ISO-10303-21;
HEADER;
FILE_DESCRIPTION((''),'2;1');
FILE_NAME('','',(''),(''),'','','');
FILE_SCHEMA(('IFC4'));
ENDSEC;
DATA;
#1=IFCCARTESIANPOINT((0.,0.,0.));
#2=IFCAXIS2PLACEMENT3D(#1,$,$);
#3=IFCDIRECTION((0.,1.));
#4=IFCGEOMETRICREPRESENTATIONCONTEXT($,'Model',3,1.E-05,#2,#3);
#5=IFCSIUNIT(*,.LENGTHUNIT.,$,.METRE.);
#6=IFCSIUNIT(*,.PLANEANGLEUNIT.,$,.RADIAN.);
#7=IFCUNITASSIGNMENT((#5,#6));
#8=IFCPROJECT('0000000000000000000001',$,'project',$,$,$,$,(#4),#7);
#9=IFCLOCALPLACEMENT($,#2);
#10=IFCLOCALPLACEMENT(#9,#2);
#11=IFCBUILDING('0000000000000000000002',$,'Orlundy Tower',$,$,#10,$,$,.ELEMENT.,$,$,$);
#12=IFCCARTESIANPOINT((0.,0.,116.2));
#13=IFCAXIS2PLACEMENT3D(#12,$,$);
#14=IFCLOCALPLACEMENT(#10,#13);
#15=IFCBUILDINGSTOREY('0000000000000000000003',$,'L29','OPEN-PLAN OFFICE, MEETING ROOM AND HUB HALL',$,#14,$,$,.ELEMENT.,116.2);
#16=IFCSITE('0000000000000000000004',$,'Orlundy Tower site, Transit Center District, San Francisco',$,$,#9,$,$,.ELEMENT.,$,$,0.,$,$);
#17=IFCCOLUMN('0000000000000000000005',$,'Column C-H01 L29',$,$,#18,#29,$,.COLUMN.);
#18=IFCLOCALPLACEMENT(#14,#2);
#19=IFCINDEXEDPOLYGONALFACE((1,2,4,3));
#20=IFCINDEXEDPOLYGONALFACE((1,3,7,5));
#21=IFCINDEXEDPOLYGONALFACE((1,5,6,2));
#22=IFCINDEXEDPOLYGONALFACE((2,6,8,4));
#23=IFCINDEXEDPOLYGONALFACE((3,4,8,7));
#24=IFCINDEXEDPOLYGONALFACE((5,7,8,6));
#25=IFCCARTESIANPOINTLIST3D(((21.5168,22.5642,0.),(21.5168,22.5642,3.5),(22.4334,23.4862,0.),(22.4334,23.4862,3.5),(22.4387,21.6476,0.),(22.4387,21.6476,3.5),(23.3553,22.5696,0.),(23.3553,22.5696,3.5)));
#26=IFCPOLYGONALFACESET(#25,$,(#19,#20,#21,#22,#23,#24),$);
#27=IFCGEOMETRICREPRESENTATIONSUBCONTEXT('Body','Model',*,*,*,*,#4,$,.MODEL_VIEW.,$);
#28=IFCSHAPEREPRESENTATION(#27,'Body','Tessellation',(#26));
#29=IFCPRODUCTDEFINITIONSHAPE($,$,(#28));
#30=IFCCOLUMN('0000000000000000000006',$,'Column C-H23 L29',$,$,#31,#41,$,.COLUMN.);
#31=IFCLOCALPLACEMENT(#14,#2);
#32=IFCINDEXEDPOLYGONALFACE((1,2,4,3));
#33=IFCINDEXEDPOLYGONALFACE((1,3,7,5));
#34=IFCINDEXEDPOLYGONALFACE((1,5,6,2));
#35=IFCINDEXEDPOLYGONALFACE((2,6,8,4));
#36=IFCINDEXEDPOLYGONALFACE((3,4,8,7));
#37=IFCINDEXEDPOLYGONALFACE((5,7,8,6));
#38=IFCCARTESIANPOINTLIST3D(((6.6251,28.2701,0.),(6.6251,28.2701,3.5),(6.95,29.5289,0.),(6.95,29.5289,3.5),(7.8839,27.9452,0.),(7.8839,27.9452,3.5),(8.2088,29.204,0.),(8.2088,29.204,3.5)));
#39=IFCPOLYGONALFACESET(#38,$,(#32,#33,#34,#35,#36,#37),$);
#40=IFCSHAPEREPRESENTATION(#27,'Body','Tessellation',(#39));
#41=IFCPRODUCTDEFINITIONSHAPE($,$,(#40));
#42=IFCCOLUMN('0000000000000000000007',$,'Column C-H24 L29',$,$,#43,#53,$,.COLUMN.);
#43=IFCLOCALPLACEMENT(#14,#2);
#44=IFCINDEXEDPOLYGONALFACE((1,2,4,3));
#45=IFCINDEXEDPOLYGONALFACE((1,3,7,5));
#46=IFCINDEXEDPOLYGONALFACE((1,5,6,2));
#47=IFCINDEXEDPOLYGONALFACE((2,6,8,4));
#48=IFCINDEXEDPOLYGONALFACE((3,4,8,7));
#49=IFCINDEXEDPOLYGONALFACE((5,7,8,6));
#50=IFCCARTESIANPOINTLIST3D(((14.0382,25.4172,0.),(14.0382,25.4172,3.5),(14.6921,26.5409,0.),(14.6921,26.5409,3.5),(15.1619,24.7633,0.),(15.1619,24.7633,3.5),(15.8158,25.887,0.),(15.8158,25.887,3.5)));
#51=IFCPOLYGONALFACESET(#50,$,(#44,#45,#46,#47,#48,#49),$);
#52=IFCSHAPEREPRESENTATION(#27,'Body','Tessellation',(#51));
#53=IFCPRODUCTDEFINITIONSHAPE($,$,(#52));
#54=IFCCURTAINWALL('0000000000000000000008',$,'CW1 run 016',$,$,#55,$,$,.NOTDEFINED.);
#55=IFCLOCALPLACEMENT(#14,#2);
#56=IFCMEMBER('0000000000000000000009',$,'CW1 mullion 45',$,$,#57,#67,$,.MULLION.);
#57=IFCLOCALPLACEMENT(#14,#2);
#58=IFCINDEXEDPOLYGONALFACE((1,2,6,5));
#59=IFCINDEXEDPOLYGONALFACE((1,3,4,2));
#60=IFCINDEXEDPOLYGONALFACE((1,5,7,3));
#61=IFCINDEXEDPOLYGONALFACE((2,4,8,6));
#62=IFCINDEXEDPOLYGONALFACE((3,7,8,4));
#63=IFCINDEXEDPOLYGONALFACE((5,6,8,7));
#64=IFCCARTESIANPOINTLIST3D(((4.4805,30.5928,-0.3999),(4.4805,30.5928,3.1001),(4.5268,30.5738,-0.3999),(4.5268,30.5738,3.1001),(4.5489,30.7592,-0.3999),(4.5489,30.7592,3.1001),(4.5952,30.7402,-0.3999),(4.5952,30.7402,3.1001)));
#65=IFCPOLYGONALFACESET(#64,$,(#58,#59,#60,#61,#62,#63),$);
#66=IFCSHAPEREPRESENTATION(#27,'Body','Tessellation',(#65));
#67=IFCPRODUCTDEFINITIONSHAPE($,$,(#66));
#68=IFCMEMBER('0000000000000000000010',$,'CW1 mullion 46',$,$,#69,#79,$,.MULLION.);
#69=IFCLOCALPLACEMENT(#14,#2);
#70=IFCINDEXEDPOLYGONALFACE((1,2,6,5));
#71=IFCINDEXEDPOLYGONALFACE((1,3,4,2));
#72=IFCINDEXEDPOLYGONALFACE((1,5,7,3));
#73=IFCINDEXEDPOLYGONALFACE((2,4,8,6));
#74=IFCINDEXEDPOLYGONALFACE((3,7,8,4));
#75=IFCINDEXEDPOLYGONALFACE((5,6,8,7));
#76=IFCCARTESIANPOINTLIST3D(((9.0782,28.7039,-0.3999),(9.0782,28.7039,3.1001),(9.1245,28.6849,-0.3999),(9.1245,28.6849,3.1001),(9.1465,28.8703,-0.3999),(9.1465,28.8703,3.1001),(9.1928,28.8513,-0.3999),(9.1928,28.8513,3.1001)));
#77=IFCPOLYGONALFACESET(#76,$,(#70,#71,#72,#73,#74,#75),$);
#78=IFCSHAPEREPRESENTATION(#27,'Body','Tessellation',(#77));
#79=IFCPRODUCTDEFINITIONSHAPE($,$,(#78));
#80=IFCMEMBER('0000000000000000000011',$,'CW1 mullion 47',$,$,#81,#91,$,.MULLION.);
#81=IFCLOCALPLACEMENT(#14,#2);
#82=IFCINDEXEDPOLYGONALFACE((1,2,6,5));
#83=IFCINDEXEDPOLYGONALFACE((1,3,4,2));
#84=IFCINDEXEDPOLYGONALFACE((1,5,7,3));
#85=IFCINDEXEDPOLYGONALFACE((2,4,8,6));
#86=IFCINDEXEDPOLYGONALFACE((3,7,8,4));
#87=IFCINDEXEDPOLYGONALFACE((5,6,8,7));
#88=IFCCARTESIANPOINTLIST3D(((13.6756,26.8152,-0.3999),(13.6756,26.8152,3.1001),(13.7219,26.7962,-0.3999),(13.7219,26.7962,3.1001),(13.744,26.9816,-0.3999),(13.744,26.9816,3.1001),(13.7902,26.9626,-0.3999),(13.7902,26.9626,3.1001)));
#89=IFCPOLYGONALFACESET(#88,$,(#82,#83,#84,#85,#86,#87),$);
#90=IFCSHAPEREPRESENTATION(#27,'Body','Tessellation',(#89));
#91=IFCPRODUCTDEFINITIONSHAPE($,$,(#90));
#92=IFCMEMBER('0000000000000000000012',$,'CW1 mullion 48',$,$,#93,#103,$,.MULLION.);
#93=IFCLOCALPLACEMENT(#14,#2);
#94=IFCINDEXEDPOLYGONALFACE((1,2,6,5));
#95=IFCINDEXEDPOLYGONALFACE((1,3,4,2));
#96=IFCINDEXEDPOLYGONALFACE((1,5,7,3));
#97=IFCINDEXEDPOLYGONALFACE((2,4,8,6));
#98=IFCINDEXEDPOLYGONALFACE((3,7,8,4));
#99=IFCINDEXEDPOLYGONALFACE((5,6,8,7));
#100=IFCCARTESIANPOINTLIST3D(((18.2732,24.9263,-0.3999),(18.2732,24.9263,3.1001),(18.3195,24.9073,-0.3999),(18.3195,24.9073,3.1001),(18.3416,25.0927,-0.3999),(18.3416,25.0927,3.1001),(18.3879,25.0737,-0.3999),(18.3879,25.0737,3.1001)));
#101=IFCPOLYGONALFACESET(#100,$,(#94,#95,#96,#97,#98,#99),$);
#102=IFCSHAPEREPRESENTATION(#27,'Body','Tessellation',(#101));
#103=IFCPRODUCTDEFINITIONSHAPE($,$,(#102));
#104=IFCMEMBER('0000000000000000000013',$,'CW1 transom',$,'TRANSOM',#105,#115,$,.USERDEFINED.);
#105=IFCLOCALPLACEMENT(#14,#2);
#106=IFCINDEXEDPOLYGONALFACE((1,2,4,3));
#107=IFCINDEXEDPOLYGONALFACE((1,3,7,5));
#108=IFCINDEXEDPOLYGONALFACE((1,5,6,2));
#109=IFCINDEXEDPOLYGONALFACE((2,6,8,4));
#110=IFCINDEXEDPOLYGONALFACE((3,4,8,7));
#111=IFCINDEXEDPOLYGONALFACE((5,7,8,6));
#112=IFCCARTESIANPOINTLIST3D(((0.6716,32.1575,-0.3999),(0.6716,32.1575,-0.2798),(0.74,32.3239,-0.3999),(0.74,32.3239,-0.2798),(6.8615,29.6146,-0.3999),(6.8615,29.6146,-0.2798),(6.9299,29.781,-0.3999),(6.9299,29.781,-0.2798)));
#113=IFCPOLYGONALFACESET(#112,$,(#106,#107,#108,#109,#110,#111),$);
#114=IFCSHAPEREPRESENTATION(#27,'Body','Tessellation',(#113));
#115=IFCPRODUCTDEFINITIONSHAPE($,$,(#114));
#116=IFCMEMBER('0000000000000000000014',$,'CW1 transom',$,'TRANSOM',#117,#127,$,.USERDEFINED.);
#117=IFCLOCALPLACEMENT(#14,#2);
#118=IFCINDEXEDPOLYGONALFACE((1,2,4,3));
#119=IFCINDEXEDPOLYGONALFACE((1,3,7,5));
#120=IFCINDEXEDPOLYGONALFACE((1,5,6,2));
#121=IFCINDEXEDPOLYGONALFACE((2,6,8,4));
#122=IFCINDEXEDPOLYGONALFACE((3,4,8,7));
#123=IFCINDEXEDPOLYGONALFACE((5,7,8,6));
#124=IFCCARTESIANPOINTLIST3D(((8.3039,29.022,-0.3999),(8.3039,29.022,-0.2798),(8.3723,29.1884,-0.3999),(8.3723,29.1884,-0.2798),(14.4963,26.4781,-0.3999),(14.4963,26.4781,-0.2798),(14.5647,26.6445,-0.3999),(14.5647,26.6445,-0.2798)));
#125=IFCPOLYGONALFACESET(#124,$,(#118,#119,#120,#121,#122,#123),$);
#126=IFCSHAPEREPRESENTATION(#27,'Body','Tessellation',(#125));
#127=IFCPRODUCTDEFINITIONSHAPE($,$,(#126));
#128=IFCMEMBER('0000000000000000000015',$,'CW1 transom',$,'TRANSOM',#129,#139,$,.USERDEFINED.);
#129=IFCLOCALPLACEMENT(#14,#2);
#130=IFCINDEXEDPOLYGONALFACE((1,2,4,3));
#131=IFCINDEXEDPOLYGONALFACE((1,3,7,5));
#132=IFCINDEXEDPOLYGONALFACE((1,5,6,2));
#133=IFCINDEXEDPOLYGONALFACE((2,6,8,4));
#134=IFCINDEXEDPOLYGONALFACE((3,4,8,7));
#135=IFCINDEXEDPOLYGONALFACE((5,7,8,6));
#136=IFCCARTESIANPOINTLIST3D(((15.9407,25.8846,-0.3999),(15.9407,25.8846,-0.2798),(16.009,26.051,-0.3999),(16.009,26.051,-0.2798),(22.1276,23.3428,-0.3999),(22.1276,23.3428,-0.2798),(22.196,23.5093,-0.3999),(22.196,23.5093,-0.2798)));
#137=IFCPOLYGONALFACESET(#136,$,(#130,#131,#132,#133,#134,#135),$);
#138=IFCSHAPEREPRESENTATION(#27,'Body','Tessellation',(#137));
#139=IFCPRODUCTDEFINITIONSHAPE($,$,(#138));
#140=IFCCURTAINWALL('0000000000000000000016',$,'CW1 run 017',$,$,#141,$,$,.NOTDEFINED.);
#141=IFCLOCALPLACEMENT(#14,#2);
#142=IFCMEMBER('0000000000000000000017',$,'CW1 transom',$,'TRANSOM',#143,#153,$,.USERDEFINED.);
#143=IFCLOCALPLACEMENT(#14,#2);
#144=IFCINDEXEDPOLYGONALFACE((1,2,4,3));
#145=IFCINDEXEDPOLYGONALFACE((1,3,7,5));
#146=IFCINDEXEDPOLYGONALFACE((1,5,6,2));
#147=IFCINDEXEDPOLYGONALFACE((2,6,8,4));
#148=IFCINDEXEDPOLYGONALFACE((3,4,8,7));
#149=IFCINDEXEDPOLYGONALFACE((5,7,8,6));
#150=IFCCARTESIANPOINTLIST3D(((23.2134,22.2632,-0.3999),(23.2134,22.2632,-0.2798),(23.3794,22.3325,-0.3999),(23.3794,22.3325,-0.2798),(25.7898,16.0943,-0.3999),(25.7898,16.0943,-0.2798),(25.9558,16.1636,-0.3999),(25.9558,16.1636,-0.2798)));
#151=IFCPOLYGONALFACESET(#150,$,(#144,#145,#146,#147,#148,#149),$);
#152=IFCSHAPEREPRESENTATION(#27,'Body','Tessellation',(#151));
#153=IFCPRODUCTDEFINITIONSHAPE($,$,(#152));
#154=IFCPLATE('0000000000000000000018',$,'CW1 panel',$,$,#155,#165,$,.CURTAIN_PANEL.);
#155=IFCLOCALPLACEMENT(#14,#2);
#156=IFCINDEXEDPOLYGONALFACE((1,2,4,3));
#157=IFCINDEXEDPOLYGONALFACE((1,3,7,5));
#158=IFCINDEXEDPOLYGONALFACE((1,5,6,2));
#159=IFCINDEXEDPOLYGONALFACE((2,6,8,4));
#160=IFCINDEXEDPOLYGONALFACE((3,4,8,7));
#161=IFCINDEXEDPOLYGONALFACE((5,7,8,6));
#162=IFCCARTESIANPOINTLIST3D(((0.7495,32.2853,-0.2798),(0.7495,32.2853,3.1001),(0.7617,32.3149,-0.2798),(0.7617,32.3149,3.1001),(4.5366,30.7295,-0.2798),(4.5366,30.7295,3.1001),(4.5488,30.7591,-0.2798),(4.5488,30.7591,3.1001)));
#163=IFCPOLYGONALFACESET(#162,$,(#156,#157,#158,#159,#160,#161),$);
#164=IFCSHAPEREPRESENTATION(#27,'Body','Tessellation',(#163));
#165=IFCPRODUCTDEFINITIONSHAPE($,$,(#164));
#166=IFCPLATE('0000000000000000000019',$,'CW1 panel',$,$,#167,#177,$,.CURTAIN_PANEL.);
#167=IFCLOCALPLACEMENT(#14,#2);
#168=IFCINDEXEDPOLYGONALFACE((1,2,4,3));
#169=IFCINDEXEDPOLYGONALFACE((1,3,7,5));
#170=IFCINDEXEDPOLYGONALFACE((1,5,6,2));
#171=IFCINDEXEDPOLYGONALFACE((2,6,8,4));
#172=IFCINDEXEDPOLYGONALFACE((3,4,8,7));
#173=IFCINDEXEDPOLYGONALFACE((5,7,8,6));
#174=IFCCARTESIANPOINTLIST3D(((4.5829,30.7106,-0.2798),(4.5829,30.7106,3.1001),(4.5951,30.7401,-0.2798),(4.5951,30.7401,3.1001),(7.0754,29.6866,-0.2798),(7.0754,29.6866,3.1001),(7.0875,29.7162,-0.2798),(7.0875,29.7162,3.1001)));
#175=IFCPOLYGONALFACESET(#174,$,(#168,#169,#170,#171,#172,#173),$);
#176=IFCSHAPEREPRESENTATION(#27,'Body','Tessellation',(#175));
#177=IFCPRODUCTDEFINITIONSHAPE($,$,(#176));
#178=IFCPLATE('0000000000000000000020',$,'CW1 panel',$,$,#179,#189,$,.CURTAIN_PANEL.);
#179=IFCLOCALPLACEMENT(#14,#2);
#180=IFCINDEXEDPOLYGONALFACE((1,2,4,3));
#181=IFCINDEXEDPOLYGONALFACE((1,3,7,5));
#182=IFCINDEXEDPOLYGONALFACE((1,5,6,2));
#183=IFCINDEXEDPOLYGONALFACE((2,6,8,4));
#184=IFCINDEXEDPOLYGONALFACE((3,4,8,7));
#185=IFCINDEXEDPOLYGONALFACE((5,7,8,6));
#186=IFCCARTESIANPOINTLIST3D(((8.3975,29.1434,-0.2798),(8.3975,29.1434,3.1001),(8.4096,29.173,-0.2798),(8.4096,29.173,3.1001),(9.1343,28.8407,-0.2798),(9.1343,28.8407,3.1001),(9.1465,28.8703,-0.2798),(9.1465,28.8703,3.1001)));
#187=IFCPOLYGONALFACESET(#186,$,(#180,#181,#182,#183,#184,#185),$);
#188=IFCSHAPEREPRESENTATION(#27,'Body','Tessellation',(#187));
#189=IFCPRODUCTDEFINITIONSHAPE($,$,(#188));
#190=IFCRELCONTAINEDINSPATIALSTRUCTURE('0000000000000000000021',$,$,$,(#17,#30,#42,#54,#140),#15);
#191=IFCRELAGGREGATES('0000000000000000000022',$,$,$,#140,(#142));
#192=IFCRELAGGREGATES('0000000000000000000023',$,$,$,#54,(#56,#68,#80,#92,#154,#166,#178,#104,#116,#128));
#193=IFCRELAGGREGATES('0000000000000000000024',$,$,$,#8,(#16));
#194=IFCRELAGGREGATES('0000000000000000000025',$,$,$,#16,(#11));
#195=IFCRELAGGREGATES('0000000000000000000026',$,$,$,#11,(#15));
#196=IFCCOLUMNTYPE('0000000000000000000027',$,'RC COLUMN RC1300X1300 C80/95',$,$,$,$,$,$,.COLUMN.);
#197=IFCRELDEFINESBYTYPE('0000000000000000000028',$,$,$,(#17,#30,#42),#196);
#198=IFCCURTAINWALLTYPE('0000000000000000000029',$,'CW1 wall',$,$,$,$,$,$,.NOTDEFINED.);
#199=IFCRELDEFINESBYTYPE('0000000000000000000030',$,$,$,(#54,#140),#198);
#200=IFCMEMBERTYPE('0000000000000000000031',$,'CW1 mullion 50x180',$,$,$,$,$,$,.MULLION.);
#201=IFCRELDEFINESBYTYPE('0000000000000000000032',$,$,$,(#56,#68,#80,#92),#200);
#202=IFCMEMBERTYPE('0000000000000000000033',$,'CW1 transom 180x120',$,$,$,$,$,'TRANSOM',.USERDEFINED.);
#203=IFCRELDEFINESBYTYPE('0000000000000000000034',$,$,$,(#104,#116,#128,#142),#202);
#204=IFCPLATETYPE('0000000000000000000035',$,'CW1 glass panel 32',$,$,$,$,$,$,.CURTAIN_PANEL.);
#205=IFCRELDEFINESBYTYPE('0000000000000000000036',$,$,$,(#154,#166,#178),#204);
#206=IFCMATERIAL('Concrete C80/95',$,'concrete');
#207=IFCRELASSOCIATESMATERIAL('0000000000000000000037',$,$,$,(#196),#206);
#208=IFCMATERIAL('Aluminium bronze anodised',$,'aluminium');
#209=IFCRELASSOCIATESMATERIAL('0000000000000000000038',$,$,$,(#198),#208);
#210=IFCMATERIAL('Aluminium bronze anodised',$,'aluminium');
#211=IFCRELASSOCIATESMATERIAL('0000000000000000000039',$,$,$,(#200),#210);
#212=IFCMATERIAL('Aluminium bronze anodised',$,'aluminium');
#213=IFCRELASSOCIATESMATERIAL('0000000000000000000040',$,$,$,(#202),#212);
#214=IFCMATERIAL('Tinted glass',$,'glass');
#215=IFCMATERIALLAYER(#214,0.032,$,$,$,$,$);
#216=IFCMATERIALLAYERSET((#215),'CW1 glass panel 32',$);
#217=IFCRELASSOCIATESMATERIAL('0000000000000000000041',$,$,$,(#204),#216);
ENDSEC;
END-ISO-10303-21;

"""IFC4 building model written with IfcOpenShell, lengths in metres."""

from ifc_helpers import new_model, si_unit, direction, frame, origin, origin_2d, place, context, subcontext, project, spatial, rectangle, extrude, material, layer, layer_set, material_profile, profile_set, type_object, element, aggregate, save


model = new_model("IFC4")

# Units and contexts
model_context = context("Model", 3, precision=1e-05, world=origin(), true_north=direction((0.0, 1.0)))
body_context = subcontext(model_context, "Body", "Model", "MODEL_VIEW")
ifc_project = project(units=[si_unit("LENGTHUNIT", "METRE"), si_unit("PLANEANGLEUNIT", "RADIAN")], contexts=[model_context])

# Site, building, storey
site_placement = place(None, origin())
site = spatial("IfcSite", under=ifc_project, at=site_placement, Name="Orlundy Tower site, Transit Center District, San Francisco", CompositionType="ELEMENT", RefElevation=0.0)
building_placement = place(site_placement, origin())
building = spatial("IfcBuilding", under=site, at=building_placement, Name="Orlundy Tower", CompositionType="ELEMENT")
storey_placement = place(building_placement, frame((0.0, 0.0, 116.2)))
storey = spatial("IfcBuildingStorey", under=building, at=storey_placement, Name="L29", Description="OPEN-PLAN OFFICE, MEETING ROOM AND HUB HALL", CompositionType="ELEMENT", Elevation=116.2)

# Columns
ifc_material_1 = material(Name="Concrete C80/95", Category="concrete")
ifc_material_profile_1 = material_profile(ifc_material_1, rectangle(XDim=1.3, YDim=1.3, at=origin_2d()), Name="RC1300X1300")
ifc_profile_set_1 = profile_set([ifc_material_profile_1], Name="Concrete C80/95")
column_type = type_object("IfcColumnType", Name="RC COLUMN RC1300X1300 C80/95", PredefinedType="COLUMN", material=ifc_profile_set_1)
for number, where, z_axis, x_axis, name in (
    (1, (22.436, 22.5669, 0.0), (0.0, 0.0, 1.0), (0.705043, 0.709165, 0.0), "Column C-H01 L29"),
    (2, (7.417, 28.7371, 0.0), (0.0, 0.0, 1.0), (0.249907, 0.96827, 0.0), "Column C-H23 L29"),
    (3, (14.927, 25.6521, 0.0), (0.0, 0.0, 1.0), (0.502945, 0.864319, 0.0), "Column C-H24 L29"),
):
    element("IfcColumn", number, at=place(storey_placement, frame(where, z_axis=z_axis, x_axis=x_axis)), inside=storey, type_object=column_type, Name=name, PredefinedType="COLUMN", context=body_context, shape_type="SweptSolid", body=[
        extrude(rectangle(XDim=1.3, YDim=1.3, at=origin_2d()), origin(), (0.0, 0.0, 1.0), 3.5),
    ])

# Curtain wall, members
ifc_material_2 = material(Name="Aluminium bronze anodised", Category="aluminium")
curtain_wall_type = type_object("IfcCurtainWallType", Name="CW1 wall", PredefinedType="NOTDEFINED", material=ifc_material_2)
curtain_wall_1_placement = place(storey_placement, origin())
curtain_wall_1 = element("IfcCurtainWall", 4, at=curtain_wall_1_placement, inside=storey, type_object=curtain_wall_type, Name="CW1 run 016", PredefinedType="NOTDEFINED")
ifc_material_3 = material(Name="Aluminium bronze anodised", Category="aluminium")
ifc_material_profile_2 = material_profile(ifc_material_3, rectangle(XDim=0.1799, YDim=0.05, at=origin_2d()), Name="CW1 mullion 50x180")
ifc_profile_set_2 = profile_set([ifc_material_profile_2], Name="Aluminium bronze anodised")
member_type_1 = type_object("IfcMemberType", Name="CW1 mullion 50x180", PredefinedType="MULLION", material=ifc_profile_set_2)
member_1_placement = place(storey_placement, frame((4.5378, 30.6665, -0.3999), z_axis=(0.0, 0.0, 1.0), x_axis=(0.380005, 0.924984, 0.0)))
member_1 = element("IfcMember", 5, at=member_1_placement, type_object=member_type_1, Name="CW1 mullion 45", PredefinedType="MULLION", context=body_context, shape_type="SweptSolid", body=[
    extrude(rectangle(XDim=0.1799, YDim=0.05, at=origin_2d()), origin(), (0.0, 0.0, 1.0), 3.5),
])
member_2_placement = place(storey_placement, frame((9.1355, 28.7776, -0.3999), z_axis=(0.0, 0.0, 1.0), x_axis=(0.380005, 0.924984, 0.0)))
member_2 = element("IfcMember", 6, at=member_2_placement, type_object=member_type_1, Name="CW1 mullion 46", PredefinedType="MULLION", context=body_context, shape_type="SweptSolid", body=[
    extrude(rectangle(XDim=0.1799, YDim=0.05, at=origin_2d()), origin(), (0.0, 0.0, 1.0), 3.5),
])
member_3_placement = place(storey_placement, frame((13.7329, 26.8889, -0.3999), z_axis=(0.0, 0.0, 1.0), x_axis=(0.380005, 0.924984, 0.0)))
member_3 = element("IfcMember", 7, at=member_3_placement, type_object=member_type_1, Name="CW1 mullion 47", PredefinedType="MULLION", context=body_context, shape_type="SweptSolid", body=[
    extrude(rectangle(XDim=0.1799, YDim=0.05, at=origin_2d()), origin(), (0.0, 0.0, 1.0), 3.5),
])
member_4_placement = place(storey_placement, frame((18.3306, 25.0, -0.3999), z_axis=(0.0, 0.0, 1.0), x_axis=(0.380005, 0.924984, 0.0)))
member_4 = element("IfcMember", 8, at=member_4_placement, type_object=member_type_1, Name="CW1 mullion 48", PredefinedType="MULLION", context=body_context, shape_type="SweptSolid", body=[
    extrude(rectangle(XDim=0.1799, YDim=0.05, at=origin_2d()), origin(), (0.0, 0.0, 1.0), 3.5),
])
ifc_material_4 = material(Name="Aluminium bronze anodised", Category="aluminium")
ifc_material_profile_3 = material_profile(ifc_material_4, rectangle(XDim=0.1799, YDim=0.1201, at=origin_2d()), Name="CW1 transom 180x120")
ifc_profile_set_3 = profile_set([ifc_material_profile_3], Name="Aluminium bronze anodised")
member_type_2 = type_object("IfcMemberType", Name="CW1 transom 180x120", ElementType="TRANSOM", PredefinedType="USERDEFINED", material=ifc_profile_set_3)
member_5_placement = place(storey_placement, frame((0.7058, 32.2407, -0.3398), z_axis=(0.924985, -0.380005, 0.0), x_axis=(0.380005, 0.924985, 0.0)))
member_5 = element("IfcMember", 9, at=member_5_placement, type_object=member_type_2, Name="CW1 transom", ObjectType="TRANSOM", PredefinedType="USERDEFINED", context=body_context, shape_type="SweptSolid", body=[
    extrude(rectangle(XDim=0.1799, YDim=0.1201, at=origin_2d()), origin(), (0.0, 0.0, 1.0), 6.6919),
])
member_6_placement = place(storey_placement, frame((8.3381, 29.1052, -0.3398), z_axis=(0.924986, -0.380001, 0.0), x_axis=(0.380001, 0.924986, 0.0)))
member_6 = element("IfcMember", 10, at=member_6_placement, type_object=member_type_2, Name="CW1 transom", ObjectType="TRANSOM", PredefinedType="USERDEFINED", context=body_context, shape_type="SweptSolid", body=[
    extrude(rectangle(XDim=0.1799, YDim=0.1201, at=origin_2d()), origin(), (0.0, 0.0, 1.0), 6.6946),
])
member_7_placement = place(storey_placement, frame((15.9749, 25.9678, -0.3398), z_axis=(0.924985, -0.380003, 0.0), x_axis=(0.380003, 0.924985, 0.0)))
member_7 = element("IfcMember", 11, at=member_7_placement, type_object=member_type_2, Name="CW1 transom", ObjectType="TRANSOM", PredefinedType="USERDEFINED", context=body_context, shape_type="SweptSolid", body=[
    extrude(rectangle(XDim=0.1799, YDim=0.1201, at=origin_2d()), origin(), (0.0, 0.0, 1.0), 6.6887),
])

# Curtain wall, member
curtain_wall_2_placement = place(storey_placement, origin())
curtain_wall_2 = element("IfcCurtainWall", 12, at=curtain_wall_2_placement, inside=storey, type_object=curtain_wall_type, Name="CW1 run 017", PredefinedType="NOTDEFINED")
member_8_placement = place(storey_placement, frame((23.2964, 22.2979, -0.3398), z_axis=(0.385383, -0.922757, 0.0), x_axis=(0.922757, 0.385383, 0.0)))
member_8 = element("IfcMember", 13, at=member_8_placement, type_object=member_type_2, Name="CW1 transom", ObjectType="TRANSOM", PredefinedType="USERDEFINED", context=body_context, shape_type="SweptSolid", body=[
    extrude(rectangle(XDim=0.1799, YDim=0.1201, at=origin_2d()), origin(), (0.0, 0.0, 1.0), 6.6853),
])
aggregate(curtain_wall_2, [member_8])

# Plates
ifc_material_5 = material(Name="Tinted glass", Category="glass")
ifc_layer_1 = layer(ifc_material_5, 0.032)
ifc_layer_set_1 = layer_set([ifc_layer_1], Name="CW1 glass panel 32")
plate_type = type_object("IfcPlateType", Name="CW1 glass panel 32", PredefinedType="CURTAIN_PANEL", material=ifc_layer_set_1)
plate_1_placement = place(storey_placement, frame((2.6492, 31.5222, -0.2798), z_axis=(0.0, 0.0, 1.0), x_axis=(0.924984, -0.380005, 0.0)))
plate_1 = element("IfcPlate", 14, at=plate_1_placement, type_object=plate_type, Name="CW1 panel", PredefinedType="CURTAIN_PANEL", context=body_context, shape_type="SweptSolid", body=[
    extrude(rectangle(XDim=4.0942, YDim=0.032, at=origin_2d()), origin(), (0.0, 0.0, 1.0), 3.3799),
])
plate_2_placement = place(storey_placement, frame((5.8352, 30.2134, -0.2798), z_axis=(0.0, 0.0, 1.0), x_axis=(0.924984, -0.380005, 0.0)))
plate_2 = element("IfcPlate", 15, at=plate_2_placement, type_object=plate_type, Name="CW1 panel", PredefinedType="CURTAIN_PANEL", context=body_context, shape_type="SweptSolid", body=[
    extrude(rectangle(XDim=2.6946, YDim=0.032, at=origin_2d()), origin(), (0.0, 0.0, 1.0), 3.3799),
])
plate_3_placement = place(storey_placement, frame((8.772, 29.0068, -0.2798), z_axis=(0.0, 0.0, 1.0), x_axis=(0.924984, -0.380005, 0.0)))
plate_3 = element("IfcPlate", 16, at=plate_3_placement, type_object=plate_type, Name="CW1 panel", PredefinedType="CURTAIN_PANEL", context=body_context, shape_type="SweptSolid", body=[
    extrude(rectangle(XDim=0.7966, YDim=0.032, at=origin_2d()), origin(), (0.0, 0.0, 1.0), 3.3799),
])
aggregate(curtain_wall_1, [member_1, member_2, member_3, member_4, plate_1, plate_2, plate_3, member_5, member_6, member_7])

save(model, "model.ifc")
